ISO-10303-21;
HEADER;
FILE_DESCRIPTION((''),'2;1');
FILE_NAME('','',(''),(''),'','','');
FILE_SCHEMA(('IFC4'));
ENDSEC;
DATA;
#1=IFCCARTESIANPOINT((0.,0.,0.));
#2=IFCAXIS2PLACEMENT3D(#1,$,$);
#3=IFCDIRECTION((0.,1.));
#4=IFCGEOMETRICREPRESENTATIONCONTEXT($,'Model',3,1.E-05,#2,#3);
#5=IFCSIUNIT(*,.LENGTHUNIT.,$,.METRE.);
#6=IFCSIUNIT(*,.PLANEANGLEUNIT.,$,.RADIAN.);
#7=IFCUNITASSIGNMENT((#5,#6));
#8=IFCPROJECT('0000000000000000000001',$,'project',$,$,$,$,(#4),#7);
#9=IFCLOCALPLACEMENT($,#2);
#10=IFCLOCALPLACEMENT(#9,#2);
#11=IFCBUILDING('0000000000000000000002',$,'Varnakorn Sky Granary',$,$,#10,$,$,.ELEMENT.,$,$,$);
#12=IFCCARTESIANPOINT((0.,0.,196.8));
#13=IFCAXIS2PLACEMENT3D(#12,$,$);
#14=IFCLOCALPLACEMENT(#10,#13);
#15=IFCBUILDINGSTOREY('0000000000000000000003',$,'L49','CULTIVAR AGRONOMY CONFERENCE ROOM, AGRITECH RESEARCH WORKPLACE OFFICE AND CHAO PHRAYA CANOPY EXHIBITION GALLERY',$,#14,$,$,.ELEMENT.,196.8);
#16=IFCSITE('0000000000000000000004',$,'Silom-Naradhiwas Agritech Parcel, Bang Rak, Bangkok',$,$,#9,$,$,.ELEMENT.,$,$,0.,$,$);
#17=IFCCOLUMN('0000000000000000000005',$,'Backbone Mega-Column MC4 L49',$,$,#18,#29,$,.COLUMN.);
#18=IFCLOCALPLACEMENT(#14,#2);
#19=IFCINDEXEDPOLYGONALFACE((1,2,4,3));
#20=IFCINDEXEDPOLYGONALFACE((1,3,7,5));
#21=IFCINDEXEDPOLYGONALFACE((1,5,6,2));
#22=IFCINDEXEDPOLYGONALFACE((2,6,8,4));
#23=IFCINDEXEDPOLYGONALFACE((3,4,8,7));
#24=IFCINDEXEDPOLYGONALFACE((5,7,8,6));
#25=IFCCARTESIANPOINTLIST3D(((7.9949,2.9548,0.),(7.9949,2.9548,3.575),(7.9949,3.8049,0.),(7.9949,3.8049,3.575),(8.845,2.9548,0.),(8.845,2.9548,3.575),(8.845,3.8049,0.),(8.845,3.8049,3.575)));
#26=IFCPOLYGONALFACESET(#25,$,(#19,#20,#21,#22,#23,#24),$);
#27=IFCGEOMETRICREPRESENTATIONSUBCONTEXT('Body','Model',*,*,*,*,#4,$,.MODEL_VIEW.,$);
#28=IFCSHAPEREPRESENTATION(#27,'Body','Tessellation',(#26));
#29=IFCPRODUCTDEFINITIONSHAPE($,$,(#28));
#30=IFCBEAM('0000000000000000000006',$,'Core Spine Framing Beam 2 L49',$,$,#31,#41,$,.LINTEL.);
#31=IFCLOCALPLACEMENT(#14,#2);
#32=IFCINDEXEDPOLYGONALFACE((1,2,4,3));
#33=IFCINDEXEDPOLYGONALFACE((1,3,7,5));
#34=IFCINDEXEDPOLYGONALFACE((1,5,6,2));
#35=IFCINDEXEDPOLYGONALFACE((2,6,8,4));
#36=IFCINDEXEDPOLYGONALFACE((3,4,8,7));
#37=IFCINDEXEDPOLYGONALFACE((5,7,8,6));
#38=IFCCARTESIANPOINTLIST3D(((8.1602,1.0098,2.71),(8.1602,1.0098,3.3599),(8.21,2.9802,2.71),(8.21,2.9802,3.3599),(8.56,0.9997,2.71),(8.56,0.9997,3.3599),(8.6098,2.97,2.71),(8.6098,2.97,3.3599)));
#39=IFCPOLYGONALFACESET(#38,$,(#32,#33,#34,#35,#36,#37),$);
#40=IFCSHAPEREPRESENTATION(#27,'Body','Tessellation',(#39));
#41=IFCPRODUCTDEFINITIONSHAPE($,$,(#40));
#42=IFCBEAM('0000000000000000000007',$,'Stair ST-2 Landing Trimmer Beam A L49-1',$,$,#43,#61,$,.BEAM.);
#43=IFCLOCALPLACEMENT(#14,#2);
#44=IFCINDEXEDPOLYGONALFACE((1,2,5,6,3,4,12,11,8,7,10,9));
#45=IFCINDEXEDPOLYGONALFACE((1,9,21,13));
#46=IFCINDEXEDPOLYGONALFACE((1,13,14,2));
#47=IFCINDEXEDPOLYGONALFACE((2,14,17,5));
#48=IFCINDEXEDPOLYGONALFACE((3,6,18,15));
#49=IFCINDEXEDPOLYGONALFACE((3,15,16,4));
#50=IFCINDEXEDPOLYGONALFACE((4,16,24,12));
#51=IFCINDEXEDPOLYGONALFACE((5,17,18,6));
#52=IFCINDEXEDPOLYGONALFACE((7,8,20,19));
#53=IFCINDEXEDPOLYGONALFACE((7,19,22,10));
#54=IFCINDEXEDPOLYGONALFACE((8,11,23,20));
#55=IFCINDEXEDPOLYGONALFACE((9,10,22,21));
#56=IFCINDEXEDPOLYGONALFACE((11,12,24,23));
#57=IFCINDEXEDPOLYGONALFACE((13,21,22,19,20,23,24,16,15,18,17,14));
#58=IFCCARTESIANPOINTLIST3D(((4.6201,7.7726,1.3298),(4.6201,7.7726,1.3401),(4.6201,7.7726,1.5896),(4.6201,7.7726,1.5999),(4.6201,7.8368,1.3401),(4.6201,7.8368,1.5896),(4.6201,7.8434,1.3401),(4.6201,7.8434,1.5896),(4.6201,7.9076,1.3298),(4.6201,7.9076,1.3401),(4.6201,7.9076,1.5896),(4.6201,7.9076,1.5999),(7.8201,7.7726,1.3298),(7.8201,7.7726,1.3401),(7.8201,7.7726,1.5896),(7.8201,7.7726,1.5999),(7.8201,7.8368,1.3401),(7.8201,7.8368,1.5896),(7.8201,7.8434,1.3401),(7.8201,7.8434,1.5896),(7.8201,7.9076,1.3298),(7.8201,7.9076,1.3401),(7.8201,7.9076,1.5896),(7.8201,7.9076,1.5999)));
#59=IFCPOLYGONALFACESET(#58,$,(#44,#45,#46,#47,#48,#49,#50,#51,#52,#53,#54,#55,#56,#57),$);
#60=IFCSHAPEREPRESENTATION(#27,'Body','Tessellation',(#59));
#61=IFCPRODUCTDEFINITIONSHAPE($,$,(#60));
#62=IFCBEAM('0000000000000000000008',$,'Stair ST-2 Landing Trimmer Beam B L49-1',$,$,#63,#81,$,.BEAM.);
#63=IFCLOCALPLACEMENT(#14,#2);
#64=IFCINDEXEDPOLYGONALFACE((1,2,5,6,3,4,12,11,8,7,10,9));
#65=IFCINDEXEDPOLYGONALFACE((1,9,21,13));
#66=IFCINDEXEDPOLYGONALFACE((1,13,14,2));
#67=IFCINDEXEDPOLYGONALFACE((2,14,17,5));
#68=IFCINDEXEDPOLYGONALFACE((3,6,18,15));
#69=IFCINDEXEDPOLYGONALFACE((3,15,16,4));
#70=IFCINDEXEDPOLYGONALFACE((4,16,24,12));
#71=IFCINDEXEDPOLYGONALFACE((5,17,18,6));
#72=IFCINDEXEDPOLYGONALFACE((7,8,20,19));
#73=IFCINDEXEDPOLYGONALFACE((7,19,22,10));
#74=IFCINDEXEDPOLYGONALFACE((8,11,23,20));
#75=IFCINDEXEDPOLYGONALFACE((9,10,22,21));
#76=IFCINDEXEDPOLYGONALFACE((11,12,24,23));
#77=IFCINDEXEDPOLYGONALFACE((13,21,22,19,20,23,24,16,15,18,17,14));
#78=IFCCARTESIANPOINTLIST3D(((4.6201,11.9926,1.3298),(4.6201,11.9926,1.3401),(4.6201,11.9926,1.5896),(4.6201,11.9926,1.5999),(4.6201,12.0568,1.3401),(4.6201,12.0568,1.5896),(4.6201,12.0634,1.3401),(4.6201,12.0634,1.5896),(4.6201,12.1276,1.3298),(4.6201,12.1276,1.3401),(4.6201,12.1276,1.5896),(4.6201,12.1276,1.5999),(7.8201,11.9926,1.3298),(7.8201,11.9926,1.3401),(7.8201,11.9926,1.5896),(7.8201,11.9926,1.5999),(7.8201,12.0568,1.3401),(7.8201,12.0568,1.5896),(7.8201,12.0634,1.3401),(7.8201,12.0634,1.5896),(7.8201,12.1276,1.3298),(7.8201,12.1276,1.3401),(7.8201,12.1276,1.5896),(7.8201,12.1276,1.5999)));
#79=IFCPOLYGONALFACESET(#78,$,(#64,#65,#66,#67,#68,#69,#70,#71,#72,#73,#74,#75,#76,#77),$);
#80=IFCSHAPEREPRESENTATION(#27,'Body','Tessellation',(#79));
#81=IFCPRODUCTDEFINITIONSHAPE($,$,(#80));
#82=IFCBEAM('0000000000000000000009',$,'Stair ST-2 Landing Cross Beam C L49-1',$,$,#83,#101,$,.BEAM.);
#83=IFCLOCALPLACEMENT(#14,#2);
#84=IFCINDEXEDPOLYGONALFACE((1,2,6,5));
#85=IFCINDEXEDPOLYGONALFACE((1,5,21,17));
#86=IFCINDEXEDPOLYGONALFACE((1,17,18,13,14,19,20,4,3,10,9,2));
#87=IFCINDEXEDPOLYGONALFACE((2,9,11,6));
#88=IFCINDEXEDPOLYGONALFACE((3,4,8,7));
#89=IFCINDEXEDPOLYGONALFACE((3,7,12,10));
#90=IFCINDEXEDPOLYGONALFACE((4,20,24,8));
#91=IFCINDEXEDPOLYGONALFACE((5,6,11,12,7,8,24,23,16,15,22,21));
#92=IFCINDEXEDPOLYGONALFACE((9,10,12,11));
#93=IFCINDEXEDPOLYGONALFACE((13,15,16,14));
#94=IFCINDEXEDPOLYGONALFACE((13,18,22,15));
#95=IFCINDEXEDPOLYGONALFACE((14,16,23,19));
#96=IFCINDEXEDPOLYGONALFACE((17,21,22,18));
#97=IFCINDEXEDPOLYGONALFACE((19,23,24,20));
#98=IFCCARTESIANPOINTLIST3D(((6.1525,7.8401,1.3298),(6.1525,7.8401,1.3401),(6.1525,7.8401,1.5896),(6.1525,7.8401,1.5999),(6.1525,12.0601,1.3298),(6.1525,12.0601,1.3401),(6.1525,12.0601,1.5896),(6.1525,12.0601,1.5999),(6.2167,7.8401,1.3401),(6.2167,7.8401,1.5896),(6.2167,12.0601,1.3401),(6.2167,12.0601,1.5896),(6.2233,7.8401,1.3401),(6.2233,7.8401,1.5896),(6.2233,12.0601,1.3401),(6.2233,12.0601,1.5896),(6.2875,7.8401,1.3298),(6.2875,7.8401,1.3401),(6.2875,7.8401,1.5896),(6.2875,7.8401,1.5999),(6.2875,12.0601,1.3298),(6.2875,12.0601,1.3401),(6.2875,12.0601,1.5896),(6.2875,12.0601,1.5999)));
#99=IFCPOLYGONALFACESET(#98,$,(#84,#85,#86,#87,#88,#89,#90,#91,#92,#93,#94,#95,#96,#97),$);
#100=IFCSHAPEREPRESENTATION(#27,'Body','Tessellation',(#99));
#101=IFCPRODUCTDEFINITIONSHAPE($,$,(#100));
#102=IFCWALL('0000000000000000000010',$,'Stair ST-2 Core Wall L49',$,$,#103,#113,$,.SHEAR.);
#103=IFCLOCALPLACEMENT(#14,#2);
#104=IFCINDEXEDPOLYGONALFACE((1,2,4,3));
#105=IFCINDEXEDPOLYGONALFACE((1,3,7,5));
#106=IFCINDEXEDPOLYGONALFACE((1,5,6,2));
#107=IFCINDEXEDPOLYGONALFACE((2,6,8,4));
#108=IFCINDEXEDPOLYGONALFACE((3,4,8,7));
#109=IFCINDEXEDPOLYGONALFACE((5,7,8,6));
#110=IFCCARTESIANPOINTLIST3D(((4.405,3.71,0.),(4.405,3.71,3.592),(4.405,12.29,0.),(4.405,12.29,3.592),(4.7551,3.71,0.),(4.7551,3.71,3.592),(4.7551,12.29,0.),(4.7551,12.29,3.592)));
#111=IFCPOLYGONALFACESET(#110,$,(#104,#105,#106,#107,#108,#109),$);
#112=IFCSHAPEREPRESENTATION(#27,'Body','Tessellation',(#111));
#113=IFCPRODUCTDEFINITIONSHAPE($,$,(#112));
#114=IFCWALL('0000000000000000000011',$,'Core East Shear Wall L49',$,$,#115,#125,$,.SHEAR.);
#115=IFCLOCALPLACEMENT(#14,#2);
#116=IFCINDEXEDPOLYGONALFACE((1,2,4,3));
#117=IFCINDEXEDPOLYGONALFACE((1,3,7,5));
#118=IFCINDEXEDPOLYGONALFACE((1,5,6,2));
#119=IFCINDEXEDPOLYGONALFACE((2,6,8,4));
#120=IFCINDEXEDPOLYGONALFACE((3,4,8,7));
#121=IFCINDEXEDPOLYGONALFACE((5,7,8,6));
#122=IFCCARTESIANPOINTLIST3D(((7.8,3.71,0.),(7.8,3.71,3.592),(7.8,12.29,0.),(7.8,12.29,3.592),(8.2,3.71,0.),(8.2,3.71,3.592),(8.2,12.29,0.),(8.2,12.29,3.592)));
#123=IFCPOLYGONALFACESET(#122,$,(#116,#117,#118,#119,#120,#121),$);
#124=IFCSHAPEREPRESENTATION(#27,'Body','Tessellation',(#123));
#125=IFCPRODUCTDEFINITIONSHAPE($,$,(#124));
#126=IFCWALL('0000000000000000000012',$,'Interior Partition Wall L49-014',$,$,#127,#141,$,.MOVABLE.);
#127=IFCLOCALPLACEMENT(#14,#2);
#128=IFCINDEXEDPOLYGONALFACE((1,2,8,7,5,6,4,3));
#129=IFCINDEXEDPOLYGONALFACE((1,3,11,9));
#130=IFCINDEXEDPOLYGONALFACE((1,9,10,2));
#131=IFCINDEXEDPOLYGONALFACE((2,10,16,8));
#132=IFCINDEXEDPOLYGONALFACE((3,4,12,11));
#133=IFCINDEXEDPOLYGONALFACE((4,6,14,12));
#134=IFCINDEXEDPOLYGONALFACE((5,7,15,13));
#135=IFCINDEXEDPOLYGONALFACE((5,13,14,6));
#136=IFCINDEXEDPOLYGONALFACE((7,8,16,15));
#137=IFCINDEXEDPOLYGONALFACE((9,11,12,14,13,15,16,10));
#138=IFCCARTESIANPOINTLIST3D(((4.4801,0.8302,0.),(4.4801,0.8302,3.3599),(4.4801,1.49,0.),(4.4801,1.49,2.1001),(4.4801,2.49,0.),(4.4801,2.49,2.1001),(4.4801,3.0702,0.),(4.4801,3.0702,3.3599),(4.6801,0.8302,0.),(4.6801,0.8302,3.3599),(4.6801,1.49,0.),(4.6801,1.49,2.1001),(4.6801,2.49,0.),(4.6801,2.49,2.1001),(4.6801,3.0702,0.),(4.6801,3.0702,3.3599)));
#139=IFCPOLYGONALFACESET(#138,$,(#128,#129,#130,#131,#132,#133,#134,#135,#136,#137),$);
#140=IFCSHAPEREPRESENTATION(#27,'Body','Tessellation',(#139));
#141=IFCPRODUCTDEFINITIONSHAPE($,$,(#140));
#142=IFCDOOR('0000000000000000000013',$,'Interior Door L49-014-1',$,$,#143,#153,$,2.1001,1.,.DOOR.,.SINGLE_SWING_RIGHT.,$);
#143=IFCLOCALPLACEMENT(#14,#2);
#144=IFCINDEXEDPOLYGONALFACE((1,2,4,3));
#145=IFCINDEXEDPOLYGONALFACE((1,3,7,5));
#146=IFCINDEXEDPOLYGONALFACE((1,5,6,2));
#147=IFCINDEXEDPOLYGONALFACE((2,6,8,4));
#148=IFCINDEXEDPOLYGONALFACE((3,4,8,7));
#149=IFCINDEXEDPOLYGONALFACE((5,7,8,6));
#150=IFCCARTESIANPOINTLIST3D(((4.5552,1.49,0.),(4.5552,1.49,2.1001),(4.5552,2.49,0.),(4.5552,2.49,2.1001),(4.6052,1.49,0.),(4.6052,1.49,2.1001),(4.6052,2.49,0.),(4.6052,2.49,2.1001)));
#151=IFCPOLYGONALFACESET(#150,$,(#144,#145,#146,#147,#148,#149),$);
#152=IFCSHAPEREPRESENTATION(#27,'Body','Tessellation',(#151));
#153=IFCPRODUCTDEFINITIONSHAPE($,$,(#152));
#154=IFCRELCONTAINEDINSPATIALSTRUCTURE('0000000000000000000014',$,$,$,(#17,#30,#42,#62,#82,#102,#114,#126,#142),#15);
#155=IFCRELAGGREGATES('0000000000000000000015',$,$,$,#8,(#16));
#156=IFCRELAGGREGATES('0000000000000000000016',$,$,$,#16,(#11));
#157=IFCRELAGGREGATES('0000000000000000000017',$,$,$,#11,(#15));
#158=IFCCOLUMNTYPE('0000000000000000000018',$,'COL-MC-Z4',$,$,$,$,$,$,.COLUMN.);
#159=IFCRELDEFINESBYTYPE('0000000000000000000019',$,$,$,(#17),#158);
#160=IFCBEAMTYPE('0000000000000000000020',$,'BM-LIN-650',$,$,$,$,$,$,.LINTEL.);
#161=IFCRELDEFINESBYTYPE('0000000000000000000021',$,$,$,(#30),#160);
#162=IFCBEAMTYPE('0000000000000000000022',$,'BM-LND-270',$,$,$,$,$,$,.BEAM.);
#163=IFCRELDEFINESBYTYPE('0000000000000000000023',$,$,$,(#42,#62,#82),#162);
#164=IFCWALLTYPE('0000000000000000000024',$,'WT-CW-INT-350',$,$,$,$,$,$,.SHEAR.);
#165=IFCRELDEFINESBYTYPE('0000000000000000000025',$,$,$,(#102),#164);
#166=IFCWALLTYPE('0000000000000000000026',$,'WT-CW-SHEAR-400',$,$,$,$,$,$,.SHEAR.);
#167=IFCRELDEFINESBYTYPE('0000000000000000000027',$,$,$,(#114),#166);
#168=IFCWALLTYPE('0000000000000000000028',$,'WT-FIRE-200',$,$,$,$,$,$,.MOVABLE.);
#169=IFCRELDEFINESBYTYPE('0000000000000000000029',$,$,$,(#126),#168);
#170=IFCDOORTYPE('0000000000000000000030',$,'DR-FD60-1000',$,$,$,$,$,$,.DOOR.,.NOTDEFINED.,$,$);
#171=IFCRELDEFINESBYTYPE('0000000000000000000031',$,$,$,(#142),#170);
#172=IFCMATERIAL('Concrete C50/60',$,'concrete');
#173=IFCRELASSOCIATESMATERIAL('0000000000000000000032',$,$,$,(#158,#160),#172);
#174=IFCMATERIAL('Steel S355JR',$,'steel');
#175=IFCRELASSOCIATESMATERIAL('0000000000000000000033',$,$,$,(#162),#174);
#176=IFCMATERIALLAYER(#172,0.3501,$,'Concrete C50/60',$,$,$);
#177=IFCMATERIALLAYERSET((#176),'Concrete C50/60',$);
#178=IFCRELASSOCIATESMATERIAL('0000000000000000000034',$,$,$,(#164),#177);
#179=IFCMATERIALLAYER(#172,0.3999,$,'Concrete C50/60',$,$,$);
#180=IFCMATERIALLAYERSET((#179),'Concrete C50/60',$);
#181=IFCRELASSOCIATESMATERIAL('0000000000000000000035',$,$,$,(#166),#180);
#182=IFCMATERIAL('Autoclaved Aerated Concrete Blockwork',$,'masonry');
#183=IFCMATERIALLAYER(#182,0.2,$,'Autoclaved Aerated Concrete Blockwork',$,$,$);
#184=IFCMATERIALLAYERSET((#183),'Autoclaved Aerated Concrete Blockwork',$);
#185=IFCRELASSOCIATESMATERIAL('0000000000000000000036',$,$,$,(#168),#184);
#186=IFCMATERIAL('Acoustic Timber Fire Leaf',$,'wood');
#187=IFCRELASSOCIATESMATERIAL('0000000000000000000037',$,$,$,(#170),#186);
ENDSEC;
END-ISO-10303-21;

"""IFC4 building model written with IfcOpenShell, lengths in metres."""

from ifc_helpers import new_model, si_unit, direction, frame, frame_2d, origin, origin_2d, place, context, subcontext, project, spatial, rectangle, i_section, extrude, material, layer, layer_set, material_profile, profile_set, type_object, element, fill, save


model = new_model("IFC4")

# Units and contexts
model_context = context("Model", 3, precision=1e-05, world=origin(), true_north=direction((0.0, 1.0)))
body_context = subcontext(model_context, "Body", "Model", "MODEL_VIEW")
ifc_project = project(units=[si_unit("LENGTHUNIT", "METRE"), si_unit("PLANEANGLEUNIT", "RADIAN")], contexts=[model_context])

# Site, building, storey
site_placement = place(None, origin())
site = spatial("IfcSite", under=ifc_project, at=site_placement, Name="Silom-Naradhiwas Agritech Parcel, Bang Rak, Bangkok", CompositionType="ELEMENT", RefElevation=0.0)
building_placement = place(site_placement, origin())
building = spatial("IfcBuilding", under=site, at=building_placement, Name="Varnakorn Sky Granary", CompositionType="ELEMENT")
storey_placement = place(building_placement, frame((0.0, 0.0, 196.8)))
storey = spatial("IfcBuildingStorey", under=building, at=storey_placement, Name="L49", Description="CULTIVAR AGRONOMY CONFERENCE ROOM, AGRITECH RESEARCH WORKPLACE OFFICE AND CHAO PHRAYA CANOPY EXHIBITION GALLERY", CompositionType="ELEMENT", Elevation=196.8)

# Column
ifc_material_1 = material(Name="Concrete C50/60", Category="concrete")
ifc_material_profile_1 = material_profile(ifc_material_1, rectangle(XDim=0.8501, YDim=0.8501, at=origin_2d()), Name="RC 850x850")
ifc_profile_set_1 = profile_set([ifc_material_profile_1], Name="Concrete C50/60")
column_type = type_object("IfcColumnType", Name="COL-MC-Z4", PredefinedType="COLUMN", material=ifc_profile_set_1)
column_placement = place(storey_placement, frame((8.4199, 3.3799, 0.0), z_axis=(0.0, 0.0, 1.0), x_axis=(1.0, 0.0, 0.0)))
element("IfcColumn", 1, at=column_placement, inside=storey, type_object=column_type, Name="Backbone Mega-Column MC4 L49", PredefinedType="COLUMN", context=body_context, shape_type="SweptSolid", body=[
    extrude(rectangle(XDim=0.8501, YDim=0.8501, at=origin_2d()), origin(), (0.0, 0.0, 1.0), 3.575),
])

# Beams
ifc_material_profile_2 = material_profile(ifc_material_1, rectangle(XDim=0.3999, YDim=0.6499, at=origin_2d()), Name="RC 400x650")
ifc_profile_set_2 = profile_set([ifc_material_profile_2], Name="Concrete C50/60")
beam_type_1 = type_object("IfcBeamType", Name="BM-LIN-650", PredefinedType="LINTEL", material=ifc_profile_set_2)
beam_1_placement = place(storey_placement, frame((8.4099, 2.9751, 3.0349), z_axis=(-0.025271, -0.999681, 0.0), x_axis=(0.999681, -0.025271, 0.0)))
element("IfcBeam", 2, at=beam_1_placement, inside=storey, type_object=beam_type_1, Name="Core Spine Framing Beam 2 L49", PredefinedType="LINTEL", context=body_context, shape_type="SweptSolid", body=[
    extrude(rectangle(XDim=0.3999, YDim=0.6499, at=origin_2d()), origin(), (0.0, 0.0, 1.0), 1.9709),
])
ifc_material_2 = material(Name="Steel S355JR", Category="steel")
ifc_material_profile_3 = material_profile(ifc_material_2, i_section(OverallWidth=0.135, OverallDepth=0.27, WebThickness=0.0066, FlangeThickness=0.0103, at=origin_2d()), Name="IPE 270")
ifc_profile_set_3 = profile_set([ifc_material_profile_3], Name="Steel S355JR")
beam_type_2 = type_object("IfcBeamType", Name="BM-LND-270", PredefinedType="BEAM", material=ifc_profile_set_3)
for number, where, z_axis, x_axis, name in (
    (3, (4.6201, 7.8401, 1.4648), (1.0, 0.0, 0.0), (0.0, 1.0, 0.0), "Stair ST-2 Landing Trimmer Beam A L49-1"),
    (4, (4.6201, 12.0601, 1.4648), (1.0, 0.0, 0.0), (0.0, 1.0, 0.0), "Stair ST-2 Landing Trimmer Beam B L49-1"),
):
    element("IfcBeam", number, at=place(storey_placement, frame(where, z_axis=z_axis, x_axis=x_axis)), inside=storey, type_object=beam_type_2, Name=name, PredefinedType="BEAM", context=body_context, shape_type="SweptSolid", body=[
        extrude(i_section(OverallWidth=0.135, OverallDepth=0.27, WebThickness=0.0066, FlangeThickness=0.0103, at=origin_2d()), origin(), (0.0, 0.0, 1.0), 3.2),
    ])
beam_2_placement = place(storey_placement, frame((6.22, 7.8401, 1.4648), z_axis=(0.0, 1.0, 0.0), x_axis=(-1.0, 0.0, 0.0)))
element("IfcBeam", 5, at=beam_2_placement, inside=storey, type_object=beam_type_2, Name="Stair ST-2 Landing Cross Beam C L49-1", PredefinedType="BEAM", context=body_context, shape_type="SweptSolid", body=[
    extrude(i_section(OverallWidth=0.135, OverallDepth=0.27, WebThickness=0.0066, FlangeThickness=0.0103, at=origin_2d()), origin(), (0.0, 0.0, 1.0), 4.22),
])

# Walls
ifc_layer_1 = layer(ifc_material_1, 0.3501, Name="Concrete C50/60")
ifc_layer_set_1 = layer_set([ifc_layer_1], Name="Concrete C50/60")
wall_type_1 = type_object("IfcWallType", Name="WT-CW-INT-350", PredefinedType="SHEAR", material=ifc_layer_set_1)
wall_1_placement = place(storey_placement, frame((4.5801, 3.71, 0.0), z_axis=(0.0, 0.0, 1.0), x_axis=(0.0, 1.0, 0.0)))
element("IfcWall", 6, at=wall_1_placement, inside=storey, type_object=wall_type_1, Name="Stair ST-2 Core Wall L49", PredefinedType="SHEAR", context=body_context, shape_type="SweptSolid", body=[
    extrude(rectangle(XDim=8.5801, YDim=0.3501, at=frame_2d((4.29, 0.0))), origin(), (0.0, 0.0, 1.0), 3.592),
])
ifc_layer_2 = layer(ifc_material_1, 0.3999, Name="Concrete C50/60")
ifc_layer_set_2 = layer_set([ifc_layer_2], Name="Concrete C50/60")
wall_type_2 = type_object("IfcWallType", Name="WT-CW-SHEAR-400", PredefinedType="SHEAR", material=ifc_layer_set_2)
wall_2_placement = place(storey_placement, frame((8.0, 3.71, 0.0), z_axis=(0.0, 0.0, 1.0), x_axis=(0.0, 1.0, 0.0)))
element("IfcWall", 7, at=wall_2_placement, inside=storey, type_object=wall_type_2, Name="Core East Shear Wall L49", PredefinedType="SHEAR", context=body_context, shape_type="SweptSolid", body=[
    extrude(rectangle(XDim=8.5801, YDim=0.3999, at=frame_2d((4.29, 0.0))), origin(), (0.0, 0.0, 1.0), 3.592),
])

# Wall, opening, door
ifc_material_3 = material(Name="Autoclaved Aerated Concrete Blockwork", Category="masonry")
ifc_layer_3 = layer(ifc_material_3, 0.2, Name="Autoclaved Aerated Concrete Blockwork")
ifc_layer_set_3 = layer_set([ifc_layer_3], Name="Autoclaved Aerated Concrete Blockwork")
wall_type_3 = type_object("IfcWallType", Name="WT-FIRE-200", PredefinedType="MOVABLE", material=ifc_layer_set_3)
wall_3_placement = place(storey_placement, frame((4.5801, 0.8301, 0.0), z_axis=(0.0, 0.0, 1.0), x_axis=(0.0, 1.0, 0.0)))
wall_3 = element("IfcWall", 8, at=wall_3_placement, inside=storey, type_object=wall_type_3, Name="Interior Partition Wall L49-014", PredefinedType="MOVABLE", context=body_context, shape_type="SweptSolid", body=[
    extrude(rectangle(XDim=2.24, YDim=0.2, at=frame_2d((1.1201, 0.0))), origin(), (0.0, 0.0, 1.0), 3.3599),
])
opening_1_placement = place(wall_3_placement, frame((0.6599, 0.0, 0.0)))
opening_1 = element("IfcOpeningElement", 9, at=opening_1_placement, cuts=wall_3, PredefinedType="OPENING", context=body_context, shape_type="SweptSolid", body=[
    extrude(rectangle(XDim=1.0, YDim=2.1001, at=frame_2d((0.5, 1.05))), frame((0.0, 0.1099, 0.0), z_axis=(0.0, -1.0, 0.0), x_axis=(1.0, 0.0, 0.0)), (0.0, 0.0, 1.0), 0.22),
])
ifc_material_4 = material(Name="Acoustic Timber Fire Leaf", Category="wood")
door_type_1 = type_object("IfcDoorType", Name="DR-FD60-1000", OperationType="NOTDEFINED", PredefinedType="DOOR", material=ifc_material_4)
door_1_placement = place(opening_1_placement, origin())
door_1 = element("IfcDoor", 10, at=door_1_placement, inside=storey, type_object=door_type_1, Name="Interior Door L49-014-1", OperationType="SINGLE_SWING_RIGHT", OverallHeight=2.1001, OverallWidth=1.0, PredefinedType="DOOR", context=body_context, shape_type="SweptSolid", body=[
    extrude(rectangle(XDim=1.0, YDim=2.1001, at=frame_2d((0.5, 1.05))), frame((0.0, 0.0249, 0.0), z_axis=(0.0, -1.0, 0.0), x_axis=(1.0, 0.0, 0.0)), (0.0, 0.0, 1.0), 0.05),
])
fill(opening_1, door_1)

save(model, "model.ifc")
